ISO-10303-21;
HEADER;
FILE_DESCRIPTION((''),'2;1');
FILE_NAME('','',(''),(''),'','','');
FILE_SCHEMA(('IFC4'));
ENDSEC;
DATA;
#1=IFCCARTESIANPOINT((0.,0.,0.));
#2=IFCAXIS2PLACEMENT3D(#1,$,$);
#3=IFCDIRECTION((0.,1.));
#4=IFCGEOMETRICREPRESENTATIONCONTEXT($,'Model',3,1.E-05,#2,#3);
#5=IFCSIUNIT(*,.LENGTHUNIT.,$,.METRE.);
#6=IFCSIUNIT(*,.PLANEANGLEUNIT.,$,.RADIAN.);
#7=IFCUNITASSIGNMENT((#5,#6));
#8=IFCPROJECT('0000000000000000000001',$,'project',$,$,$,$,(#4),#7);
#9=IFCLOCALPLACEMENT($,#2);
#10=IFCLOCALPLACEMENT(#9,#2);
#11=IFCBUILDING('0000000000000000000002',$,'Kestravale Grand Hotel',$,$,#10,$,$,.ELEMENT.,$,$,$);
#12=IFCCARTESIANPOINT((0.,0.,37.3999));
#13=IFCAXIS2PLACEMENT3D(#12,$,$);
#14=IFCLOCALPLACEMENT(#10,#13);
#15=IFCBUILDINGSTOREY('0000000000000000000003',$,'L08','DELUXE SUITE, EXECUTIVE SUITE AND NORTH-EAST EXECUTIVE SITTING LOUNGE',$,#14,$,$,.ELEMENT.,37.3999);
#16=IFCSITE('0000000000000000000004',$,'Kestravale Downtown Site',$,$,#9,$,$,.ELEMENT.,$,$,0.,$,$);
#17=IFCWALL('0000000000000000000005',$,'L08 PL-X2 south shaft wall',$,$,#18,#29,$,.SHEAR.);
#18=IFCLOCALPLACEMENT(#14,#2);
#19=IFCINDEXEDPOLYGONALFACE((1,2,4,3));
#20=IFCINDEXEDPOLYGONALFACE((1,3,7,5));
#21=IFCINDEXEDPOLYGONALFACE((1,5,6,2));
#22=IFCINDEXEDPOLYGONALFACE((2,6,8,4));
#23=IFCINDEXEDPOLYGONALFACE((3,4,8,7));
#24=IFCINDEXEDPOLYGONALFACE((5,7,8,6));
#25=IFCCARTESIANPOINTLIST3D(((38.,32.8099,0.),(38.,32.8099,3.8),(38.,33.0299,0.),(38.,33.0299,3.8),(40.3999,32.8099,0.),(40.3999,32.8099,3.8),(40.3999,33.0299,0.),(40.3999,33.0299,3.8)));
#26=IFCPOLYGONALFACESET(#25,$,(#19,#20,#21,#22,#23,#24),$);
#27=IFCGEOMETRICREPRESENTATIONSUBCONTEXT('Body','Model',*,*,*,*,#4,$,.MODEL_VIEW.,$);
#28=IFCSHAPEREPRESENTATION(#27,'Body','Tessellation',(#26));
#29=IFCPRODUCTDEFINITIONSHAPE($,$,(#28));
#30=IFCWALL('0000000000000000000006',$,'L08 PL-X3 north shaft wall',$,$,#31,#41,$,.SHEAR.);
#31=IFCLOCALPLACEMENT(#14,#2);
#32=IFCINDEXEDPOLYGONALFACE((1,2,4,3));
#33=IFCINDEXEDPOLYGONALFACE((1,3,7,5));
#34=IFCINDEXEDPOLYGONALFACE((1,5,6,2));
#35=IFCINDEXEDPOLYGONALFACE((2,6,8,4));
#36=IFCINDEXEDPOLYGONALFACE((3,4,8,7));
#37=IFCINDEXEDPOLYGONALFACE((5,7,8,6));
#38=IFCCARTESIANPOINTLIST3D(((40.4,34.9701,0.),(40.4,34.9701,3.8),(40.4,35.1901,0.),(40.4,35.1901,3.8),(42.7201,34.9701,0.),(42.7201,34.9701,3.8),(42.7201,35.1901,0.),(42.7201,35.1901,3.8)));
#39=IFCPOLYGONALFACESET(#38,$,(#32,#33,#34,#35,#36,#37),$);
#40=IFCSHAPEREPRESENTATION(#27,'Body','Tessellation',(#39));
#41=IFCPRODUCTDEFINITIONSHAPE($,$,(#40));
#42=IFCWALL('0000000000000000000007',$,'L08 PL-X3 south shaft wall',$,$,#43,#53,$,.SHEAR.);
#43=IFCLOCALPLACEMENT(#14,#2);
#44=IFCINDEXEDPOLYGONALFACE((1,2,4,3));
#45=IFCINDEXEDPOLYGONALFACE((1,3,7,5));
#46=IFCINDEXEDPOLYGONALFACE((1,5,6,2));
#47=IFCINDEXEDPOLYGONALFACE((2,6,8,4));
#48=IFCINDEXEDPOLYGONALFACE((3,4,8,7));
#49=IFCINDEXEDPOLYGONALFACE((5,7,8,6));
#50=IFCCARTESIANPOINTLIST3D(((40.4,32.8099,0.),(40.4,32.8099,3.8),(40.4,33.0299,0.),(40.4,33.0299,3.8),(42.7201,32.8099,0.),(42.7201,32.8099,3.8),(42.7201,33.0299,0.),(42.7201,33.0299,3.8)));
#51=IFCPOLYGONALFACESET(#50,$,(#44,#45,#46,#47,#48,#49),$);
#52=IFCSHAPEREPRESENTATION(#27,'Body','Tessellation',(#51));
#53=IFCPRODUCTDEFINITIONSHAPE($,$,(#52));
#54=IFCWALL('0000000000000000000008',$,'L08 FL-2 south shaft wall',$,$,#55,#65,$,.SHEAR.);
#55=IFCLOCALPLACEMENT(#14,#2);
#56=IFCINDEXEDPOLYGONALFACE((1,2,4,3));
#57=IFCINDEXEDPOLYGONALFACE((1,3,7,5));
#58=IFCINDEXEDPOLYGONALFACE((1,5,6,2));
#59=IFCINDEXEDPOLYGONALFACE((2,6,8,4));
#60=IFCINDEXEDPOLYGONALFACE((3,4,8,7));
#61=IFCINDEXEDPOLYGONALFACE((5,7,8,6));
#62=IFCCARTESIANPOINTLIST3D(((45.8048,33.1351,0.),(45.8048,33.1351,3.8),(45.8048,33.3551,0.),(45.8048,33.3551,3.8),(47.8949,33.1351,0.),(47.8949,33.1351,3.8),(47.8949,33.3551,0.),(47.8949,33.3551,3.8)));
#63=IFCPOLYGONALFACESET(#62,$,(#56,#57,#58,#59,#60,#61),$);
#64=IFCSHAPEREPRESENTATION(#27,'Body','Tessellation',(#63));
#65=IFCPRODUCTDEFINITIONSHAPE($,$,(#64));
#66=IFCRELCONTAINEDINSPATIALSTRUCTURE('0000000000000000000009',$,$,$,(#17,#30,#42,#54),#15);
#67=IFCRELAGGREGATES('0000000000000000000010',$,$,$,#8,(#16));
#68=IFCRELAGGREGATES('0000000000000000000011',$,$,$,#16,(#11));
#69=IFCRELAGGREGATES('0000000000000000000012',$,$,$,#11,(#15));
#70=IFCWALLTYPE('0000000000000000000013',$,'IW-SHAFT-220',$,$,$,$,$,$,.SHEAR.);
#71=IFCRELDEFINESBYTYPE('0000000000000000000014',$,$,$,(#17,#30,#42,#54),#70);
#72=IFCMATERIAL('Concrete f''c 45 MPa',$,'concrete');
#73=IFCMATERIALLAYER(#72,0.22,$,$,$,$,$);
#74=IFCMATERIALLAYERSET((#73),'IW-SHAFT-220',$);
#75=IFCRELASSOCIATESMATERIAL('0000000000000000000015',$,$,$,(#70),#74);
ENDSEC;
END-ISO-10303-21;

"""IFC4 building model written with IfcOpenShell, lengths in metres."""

from ifc_helpers import new_model, si_unit, direction, frame, frame_2d, origin, place, context, subcontext, project, spatial, rectangle, extrude, material, layer, layer_set, type_object, element, save


model = new_model("IFC4")

# Units and contexts
model_context = context("Model", 3, precision=1e-05, world=origin(), true_north=direction((0.0, 1.0)))
body_context = subcontext(model_context, "Body", "Model", "MODEL_VIEW")
ifc_project = project(units=[si_unit("LENGTHUNIT", "METRE"), si_unit("PLANEANGLEUNIT", "RADIAN")], contexts=[model_context])

# Site, building, storey
site_placement = place(None, origin())
site = spatial("IfcSite", under=ifc_project, at=site_placement, Name="Kestravale Downtown Site", CompositionType="ELEMENT", RefElevation=0.0)
building_placement = place(site_placement, origin())
building = spatial("IfcBuilding", under=site, at=building_placement, Name="Kestravale Grand Hotel", CompositionType="ELEMENT")
storey_placement = place(building_placement, frame((0.0, 0.0, 37.3999)))
storey = spatial("IfcBuildingStorey", under=building, at=storey_placement, Name="L08", Description="DELUXE SUITE, EXECUTIVE SUITE AND NORTH-EAST EXECUTIVE SITTING LOUNGE", CompositionType="ELEMENT", Elevation=37.3999)

# Walls
ifc_material_1 = material(Name="Concrete f'c 45 MPa", Category="concrete")
ifc_layer_1 = layer(ifc_material_1, 0.22)
ifc_layer_set_1 = layer_set([ifc_layer_1], Name="IW-SHAFT-220")
wall_type_1 = type_object("IfcWallType", Name="IW-SHAFT-220", PredefinedType="SHEAR", material=ifc_layer_set_1)
for number, where, z_axis, x_axis, name in (
    (1, (38.0, 32.9199, 0.0), (0.0, 0.0, 1.0), (1.0, 0.0, 0.0), "L08 PL-X2 south shaft wall"),
):
    element("IfcWall", number, at=place(storey_placement, frame(where, z_axis=z_axis, x_axis=x_axis)), inside=storey, type_object=wall_type_1, Name=name, PredefinedType="SHEAR", context=body_context, shape_type="SweptSolid", body=[
        extrude(rectangle(XDim=2.3999, YDim=0.22, at=frame_2d((1.2, 0.0))), origin(), (0.0, 0.0, 1.0), 3.8),
    ])
for number, where, z_axis, x_axis, name in (
    (2, (40.3999, 35.0801, 0.0), (0.0, 0.0, 1.0), (1.0, 0.0, 0.0), "L08 PL-X3 north shaft wall"),
    (3, (40.3999, 32.9199, 0.0), (0.0, 0.0, 1.0), (1.0, 0.0, 0.0), "L08 PL-X3 south shaft wall"),
):
    element("IfcWall", number, at=place(storey_placement, frame(where, z_axis=z_axis, x_axis=x_axis)), inside=storey, type_object=wall_type_1, Name=name, PredefinedType="SHEAR", context=body_context, shape_type="SweptSolid", body=[
        extrude(rectangle(XDim=2.3201, YDim=0.22, at=frame_2d((1.1602, 0.0))), origin(), (0.0, 0.0, 1.0), 3.8),
    ])

# Wall
wall_1_placement = place(storey_placement, frame((45.8049, 33.2451, 0.0), z_axis=(0.0, 0.0, 1.0), x_axis=(1.0, 0.0, 0.0)))
element("IfcWall", 4, at=wall_1_placement, inside=storey, type_object=wall_type_1, Name="L08 FL-2 south shaft wall", PredefinedType="SHEAR", context=body_context, shape_type="SweptSolid", body=[
    extrude(rectangle(XDim=2.0901, YDim=0.22, at=frame_2d((1.0449, 0.0))), origin(), (0.0, 0.0, 1.0), 3.8),
])

save(model, "model.ifc")
